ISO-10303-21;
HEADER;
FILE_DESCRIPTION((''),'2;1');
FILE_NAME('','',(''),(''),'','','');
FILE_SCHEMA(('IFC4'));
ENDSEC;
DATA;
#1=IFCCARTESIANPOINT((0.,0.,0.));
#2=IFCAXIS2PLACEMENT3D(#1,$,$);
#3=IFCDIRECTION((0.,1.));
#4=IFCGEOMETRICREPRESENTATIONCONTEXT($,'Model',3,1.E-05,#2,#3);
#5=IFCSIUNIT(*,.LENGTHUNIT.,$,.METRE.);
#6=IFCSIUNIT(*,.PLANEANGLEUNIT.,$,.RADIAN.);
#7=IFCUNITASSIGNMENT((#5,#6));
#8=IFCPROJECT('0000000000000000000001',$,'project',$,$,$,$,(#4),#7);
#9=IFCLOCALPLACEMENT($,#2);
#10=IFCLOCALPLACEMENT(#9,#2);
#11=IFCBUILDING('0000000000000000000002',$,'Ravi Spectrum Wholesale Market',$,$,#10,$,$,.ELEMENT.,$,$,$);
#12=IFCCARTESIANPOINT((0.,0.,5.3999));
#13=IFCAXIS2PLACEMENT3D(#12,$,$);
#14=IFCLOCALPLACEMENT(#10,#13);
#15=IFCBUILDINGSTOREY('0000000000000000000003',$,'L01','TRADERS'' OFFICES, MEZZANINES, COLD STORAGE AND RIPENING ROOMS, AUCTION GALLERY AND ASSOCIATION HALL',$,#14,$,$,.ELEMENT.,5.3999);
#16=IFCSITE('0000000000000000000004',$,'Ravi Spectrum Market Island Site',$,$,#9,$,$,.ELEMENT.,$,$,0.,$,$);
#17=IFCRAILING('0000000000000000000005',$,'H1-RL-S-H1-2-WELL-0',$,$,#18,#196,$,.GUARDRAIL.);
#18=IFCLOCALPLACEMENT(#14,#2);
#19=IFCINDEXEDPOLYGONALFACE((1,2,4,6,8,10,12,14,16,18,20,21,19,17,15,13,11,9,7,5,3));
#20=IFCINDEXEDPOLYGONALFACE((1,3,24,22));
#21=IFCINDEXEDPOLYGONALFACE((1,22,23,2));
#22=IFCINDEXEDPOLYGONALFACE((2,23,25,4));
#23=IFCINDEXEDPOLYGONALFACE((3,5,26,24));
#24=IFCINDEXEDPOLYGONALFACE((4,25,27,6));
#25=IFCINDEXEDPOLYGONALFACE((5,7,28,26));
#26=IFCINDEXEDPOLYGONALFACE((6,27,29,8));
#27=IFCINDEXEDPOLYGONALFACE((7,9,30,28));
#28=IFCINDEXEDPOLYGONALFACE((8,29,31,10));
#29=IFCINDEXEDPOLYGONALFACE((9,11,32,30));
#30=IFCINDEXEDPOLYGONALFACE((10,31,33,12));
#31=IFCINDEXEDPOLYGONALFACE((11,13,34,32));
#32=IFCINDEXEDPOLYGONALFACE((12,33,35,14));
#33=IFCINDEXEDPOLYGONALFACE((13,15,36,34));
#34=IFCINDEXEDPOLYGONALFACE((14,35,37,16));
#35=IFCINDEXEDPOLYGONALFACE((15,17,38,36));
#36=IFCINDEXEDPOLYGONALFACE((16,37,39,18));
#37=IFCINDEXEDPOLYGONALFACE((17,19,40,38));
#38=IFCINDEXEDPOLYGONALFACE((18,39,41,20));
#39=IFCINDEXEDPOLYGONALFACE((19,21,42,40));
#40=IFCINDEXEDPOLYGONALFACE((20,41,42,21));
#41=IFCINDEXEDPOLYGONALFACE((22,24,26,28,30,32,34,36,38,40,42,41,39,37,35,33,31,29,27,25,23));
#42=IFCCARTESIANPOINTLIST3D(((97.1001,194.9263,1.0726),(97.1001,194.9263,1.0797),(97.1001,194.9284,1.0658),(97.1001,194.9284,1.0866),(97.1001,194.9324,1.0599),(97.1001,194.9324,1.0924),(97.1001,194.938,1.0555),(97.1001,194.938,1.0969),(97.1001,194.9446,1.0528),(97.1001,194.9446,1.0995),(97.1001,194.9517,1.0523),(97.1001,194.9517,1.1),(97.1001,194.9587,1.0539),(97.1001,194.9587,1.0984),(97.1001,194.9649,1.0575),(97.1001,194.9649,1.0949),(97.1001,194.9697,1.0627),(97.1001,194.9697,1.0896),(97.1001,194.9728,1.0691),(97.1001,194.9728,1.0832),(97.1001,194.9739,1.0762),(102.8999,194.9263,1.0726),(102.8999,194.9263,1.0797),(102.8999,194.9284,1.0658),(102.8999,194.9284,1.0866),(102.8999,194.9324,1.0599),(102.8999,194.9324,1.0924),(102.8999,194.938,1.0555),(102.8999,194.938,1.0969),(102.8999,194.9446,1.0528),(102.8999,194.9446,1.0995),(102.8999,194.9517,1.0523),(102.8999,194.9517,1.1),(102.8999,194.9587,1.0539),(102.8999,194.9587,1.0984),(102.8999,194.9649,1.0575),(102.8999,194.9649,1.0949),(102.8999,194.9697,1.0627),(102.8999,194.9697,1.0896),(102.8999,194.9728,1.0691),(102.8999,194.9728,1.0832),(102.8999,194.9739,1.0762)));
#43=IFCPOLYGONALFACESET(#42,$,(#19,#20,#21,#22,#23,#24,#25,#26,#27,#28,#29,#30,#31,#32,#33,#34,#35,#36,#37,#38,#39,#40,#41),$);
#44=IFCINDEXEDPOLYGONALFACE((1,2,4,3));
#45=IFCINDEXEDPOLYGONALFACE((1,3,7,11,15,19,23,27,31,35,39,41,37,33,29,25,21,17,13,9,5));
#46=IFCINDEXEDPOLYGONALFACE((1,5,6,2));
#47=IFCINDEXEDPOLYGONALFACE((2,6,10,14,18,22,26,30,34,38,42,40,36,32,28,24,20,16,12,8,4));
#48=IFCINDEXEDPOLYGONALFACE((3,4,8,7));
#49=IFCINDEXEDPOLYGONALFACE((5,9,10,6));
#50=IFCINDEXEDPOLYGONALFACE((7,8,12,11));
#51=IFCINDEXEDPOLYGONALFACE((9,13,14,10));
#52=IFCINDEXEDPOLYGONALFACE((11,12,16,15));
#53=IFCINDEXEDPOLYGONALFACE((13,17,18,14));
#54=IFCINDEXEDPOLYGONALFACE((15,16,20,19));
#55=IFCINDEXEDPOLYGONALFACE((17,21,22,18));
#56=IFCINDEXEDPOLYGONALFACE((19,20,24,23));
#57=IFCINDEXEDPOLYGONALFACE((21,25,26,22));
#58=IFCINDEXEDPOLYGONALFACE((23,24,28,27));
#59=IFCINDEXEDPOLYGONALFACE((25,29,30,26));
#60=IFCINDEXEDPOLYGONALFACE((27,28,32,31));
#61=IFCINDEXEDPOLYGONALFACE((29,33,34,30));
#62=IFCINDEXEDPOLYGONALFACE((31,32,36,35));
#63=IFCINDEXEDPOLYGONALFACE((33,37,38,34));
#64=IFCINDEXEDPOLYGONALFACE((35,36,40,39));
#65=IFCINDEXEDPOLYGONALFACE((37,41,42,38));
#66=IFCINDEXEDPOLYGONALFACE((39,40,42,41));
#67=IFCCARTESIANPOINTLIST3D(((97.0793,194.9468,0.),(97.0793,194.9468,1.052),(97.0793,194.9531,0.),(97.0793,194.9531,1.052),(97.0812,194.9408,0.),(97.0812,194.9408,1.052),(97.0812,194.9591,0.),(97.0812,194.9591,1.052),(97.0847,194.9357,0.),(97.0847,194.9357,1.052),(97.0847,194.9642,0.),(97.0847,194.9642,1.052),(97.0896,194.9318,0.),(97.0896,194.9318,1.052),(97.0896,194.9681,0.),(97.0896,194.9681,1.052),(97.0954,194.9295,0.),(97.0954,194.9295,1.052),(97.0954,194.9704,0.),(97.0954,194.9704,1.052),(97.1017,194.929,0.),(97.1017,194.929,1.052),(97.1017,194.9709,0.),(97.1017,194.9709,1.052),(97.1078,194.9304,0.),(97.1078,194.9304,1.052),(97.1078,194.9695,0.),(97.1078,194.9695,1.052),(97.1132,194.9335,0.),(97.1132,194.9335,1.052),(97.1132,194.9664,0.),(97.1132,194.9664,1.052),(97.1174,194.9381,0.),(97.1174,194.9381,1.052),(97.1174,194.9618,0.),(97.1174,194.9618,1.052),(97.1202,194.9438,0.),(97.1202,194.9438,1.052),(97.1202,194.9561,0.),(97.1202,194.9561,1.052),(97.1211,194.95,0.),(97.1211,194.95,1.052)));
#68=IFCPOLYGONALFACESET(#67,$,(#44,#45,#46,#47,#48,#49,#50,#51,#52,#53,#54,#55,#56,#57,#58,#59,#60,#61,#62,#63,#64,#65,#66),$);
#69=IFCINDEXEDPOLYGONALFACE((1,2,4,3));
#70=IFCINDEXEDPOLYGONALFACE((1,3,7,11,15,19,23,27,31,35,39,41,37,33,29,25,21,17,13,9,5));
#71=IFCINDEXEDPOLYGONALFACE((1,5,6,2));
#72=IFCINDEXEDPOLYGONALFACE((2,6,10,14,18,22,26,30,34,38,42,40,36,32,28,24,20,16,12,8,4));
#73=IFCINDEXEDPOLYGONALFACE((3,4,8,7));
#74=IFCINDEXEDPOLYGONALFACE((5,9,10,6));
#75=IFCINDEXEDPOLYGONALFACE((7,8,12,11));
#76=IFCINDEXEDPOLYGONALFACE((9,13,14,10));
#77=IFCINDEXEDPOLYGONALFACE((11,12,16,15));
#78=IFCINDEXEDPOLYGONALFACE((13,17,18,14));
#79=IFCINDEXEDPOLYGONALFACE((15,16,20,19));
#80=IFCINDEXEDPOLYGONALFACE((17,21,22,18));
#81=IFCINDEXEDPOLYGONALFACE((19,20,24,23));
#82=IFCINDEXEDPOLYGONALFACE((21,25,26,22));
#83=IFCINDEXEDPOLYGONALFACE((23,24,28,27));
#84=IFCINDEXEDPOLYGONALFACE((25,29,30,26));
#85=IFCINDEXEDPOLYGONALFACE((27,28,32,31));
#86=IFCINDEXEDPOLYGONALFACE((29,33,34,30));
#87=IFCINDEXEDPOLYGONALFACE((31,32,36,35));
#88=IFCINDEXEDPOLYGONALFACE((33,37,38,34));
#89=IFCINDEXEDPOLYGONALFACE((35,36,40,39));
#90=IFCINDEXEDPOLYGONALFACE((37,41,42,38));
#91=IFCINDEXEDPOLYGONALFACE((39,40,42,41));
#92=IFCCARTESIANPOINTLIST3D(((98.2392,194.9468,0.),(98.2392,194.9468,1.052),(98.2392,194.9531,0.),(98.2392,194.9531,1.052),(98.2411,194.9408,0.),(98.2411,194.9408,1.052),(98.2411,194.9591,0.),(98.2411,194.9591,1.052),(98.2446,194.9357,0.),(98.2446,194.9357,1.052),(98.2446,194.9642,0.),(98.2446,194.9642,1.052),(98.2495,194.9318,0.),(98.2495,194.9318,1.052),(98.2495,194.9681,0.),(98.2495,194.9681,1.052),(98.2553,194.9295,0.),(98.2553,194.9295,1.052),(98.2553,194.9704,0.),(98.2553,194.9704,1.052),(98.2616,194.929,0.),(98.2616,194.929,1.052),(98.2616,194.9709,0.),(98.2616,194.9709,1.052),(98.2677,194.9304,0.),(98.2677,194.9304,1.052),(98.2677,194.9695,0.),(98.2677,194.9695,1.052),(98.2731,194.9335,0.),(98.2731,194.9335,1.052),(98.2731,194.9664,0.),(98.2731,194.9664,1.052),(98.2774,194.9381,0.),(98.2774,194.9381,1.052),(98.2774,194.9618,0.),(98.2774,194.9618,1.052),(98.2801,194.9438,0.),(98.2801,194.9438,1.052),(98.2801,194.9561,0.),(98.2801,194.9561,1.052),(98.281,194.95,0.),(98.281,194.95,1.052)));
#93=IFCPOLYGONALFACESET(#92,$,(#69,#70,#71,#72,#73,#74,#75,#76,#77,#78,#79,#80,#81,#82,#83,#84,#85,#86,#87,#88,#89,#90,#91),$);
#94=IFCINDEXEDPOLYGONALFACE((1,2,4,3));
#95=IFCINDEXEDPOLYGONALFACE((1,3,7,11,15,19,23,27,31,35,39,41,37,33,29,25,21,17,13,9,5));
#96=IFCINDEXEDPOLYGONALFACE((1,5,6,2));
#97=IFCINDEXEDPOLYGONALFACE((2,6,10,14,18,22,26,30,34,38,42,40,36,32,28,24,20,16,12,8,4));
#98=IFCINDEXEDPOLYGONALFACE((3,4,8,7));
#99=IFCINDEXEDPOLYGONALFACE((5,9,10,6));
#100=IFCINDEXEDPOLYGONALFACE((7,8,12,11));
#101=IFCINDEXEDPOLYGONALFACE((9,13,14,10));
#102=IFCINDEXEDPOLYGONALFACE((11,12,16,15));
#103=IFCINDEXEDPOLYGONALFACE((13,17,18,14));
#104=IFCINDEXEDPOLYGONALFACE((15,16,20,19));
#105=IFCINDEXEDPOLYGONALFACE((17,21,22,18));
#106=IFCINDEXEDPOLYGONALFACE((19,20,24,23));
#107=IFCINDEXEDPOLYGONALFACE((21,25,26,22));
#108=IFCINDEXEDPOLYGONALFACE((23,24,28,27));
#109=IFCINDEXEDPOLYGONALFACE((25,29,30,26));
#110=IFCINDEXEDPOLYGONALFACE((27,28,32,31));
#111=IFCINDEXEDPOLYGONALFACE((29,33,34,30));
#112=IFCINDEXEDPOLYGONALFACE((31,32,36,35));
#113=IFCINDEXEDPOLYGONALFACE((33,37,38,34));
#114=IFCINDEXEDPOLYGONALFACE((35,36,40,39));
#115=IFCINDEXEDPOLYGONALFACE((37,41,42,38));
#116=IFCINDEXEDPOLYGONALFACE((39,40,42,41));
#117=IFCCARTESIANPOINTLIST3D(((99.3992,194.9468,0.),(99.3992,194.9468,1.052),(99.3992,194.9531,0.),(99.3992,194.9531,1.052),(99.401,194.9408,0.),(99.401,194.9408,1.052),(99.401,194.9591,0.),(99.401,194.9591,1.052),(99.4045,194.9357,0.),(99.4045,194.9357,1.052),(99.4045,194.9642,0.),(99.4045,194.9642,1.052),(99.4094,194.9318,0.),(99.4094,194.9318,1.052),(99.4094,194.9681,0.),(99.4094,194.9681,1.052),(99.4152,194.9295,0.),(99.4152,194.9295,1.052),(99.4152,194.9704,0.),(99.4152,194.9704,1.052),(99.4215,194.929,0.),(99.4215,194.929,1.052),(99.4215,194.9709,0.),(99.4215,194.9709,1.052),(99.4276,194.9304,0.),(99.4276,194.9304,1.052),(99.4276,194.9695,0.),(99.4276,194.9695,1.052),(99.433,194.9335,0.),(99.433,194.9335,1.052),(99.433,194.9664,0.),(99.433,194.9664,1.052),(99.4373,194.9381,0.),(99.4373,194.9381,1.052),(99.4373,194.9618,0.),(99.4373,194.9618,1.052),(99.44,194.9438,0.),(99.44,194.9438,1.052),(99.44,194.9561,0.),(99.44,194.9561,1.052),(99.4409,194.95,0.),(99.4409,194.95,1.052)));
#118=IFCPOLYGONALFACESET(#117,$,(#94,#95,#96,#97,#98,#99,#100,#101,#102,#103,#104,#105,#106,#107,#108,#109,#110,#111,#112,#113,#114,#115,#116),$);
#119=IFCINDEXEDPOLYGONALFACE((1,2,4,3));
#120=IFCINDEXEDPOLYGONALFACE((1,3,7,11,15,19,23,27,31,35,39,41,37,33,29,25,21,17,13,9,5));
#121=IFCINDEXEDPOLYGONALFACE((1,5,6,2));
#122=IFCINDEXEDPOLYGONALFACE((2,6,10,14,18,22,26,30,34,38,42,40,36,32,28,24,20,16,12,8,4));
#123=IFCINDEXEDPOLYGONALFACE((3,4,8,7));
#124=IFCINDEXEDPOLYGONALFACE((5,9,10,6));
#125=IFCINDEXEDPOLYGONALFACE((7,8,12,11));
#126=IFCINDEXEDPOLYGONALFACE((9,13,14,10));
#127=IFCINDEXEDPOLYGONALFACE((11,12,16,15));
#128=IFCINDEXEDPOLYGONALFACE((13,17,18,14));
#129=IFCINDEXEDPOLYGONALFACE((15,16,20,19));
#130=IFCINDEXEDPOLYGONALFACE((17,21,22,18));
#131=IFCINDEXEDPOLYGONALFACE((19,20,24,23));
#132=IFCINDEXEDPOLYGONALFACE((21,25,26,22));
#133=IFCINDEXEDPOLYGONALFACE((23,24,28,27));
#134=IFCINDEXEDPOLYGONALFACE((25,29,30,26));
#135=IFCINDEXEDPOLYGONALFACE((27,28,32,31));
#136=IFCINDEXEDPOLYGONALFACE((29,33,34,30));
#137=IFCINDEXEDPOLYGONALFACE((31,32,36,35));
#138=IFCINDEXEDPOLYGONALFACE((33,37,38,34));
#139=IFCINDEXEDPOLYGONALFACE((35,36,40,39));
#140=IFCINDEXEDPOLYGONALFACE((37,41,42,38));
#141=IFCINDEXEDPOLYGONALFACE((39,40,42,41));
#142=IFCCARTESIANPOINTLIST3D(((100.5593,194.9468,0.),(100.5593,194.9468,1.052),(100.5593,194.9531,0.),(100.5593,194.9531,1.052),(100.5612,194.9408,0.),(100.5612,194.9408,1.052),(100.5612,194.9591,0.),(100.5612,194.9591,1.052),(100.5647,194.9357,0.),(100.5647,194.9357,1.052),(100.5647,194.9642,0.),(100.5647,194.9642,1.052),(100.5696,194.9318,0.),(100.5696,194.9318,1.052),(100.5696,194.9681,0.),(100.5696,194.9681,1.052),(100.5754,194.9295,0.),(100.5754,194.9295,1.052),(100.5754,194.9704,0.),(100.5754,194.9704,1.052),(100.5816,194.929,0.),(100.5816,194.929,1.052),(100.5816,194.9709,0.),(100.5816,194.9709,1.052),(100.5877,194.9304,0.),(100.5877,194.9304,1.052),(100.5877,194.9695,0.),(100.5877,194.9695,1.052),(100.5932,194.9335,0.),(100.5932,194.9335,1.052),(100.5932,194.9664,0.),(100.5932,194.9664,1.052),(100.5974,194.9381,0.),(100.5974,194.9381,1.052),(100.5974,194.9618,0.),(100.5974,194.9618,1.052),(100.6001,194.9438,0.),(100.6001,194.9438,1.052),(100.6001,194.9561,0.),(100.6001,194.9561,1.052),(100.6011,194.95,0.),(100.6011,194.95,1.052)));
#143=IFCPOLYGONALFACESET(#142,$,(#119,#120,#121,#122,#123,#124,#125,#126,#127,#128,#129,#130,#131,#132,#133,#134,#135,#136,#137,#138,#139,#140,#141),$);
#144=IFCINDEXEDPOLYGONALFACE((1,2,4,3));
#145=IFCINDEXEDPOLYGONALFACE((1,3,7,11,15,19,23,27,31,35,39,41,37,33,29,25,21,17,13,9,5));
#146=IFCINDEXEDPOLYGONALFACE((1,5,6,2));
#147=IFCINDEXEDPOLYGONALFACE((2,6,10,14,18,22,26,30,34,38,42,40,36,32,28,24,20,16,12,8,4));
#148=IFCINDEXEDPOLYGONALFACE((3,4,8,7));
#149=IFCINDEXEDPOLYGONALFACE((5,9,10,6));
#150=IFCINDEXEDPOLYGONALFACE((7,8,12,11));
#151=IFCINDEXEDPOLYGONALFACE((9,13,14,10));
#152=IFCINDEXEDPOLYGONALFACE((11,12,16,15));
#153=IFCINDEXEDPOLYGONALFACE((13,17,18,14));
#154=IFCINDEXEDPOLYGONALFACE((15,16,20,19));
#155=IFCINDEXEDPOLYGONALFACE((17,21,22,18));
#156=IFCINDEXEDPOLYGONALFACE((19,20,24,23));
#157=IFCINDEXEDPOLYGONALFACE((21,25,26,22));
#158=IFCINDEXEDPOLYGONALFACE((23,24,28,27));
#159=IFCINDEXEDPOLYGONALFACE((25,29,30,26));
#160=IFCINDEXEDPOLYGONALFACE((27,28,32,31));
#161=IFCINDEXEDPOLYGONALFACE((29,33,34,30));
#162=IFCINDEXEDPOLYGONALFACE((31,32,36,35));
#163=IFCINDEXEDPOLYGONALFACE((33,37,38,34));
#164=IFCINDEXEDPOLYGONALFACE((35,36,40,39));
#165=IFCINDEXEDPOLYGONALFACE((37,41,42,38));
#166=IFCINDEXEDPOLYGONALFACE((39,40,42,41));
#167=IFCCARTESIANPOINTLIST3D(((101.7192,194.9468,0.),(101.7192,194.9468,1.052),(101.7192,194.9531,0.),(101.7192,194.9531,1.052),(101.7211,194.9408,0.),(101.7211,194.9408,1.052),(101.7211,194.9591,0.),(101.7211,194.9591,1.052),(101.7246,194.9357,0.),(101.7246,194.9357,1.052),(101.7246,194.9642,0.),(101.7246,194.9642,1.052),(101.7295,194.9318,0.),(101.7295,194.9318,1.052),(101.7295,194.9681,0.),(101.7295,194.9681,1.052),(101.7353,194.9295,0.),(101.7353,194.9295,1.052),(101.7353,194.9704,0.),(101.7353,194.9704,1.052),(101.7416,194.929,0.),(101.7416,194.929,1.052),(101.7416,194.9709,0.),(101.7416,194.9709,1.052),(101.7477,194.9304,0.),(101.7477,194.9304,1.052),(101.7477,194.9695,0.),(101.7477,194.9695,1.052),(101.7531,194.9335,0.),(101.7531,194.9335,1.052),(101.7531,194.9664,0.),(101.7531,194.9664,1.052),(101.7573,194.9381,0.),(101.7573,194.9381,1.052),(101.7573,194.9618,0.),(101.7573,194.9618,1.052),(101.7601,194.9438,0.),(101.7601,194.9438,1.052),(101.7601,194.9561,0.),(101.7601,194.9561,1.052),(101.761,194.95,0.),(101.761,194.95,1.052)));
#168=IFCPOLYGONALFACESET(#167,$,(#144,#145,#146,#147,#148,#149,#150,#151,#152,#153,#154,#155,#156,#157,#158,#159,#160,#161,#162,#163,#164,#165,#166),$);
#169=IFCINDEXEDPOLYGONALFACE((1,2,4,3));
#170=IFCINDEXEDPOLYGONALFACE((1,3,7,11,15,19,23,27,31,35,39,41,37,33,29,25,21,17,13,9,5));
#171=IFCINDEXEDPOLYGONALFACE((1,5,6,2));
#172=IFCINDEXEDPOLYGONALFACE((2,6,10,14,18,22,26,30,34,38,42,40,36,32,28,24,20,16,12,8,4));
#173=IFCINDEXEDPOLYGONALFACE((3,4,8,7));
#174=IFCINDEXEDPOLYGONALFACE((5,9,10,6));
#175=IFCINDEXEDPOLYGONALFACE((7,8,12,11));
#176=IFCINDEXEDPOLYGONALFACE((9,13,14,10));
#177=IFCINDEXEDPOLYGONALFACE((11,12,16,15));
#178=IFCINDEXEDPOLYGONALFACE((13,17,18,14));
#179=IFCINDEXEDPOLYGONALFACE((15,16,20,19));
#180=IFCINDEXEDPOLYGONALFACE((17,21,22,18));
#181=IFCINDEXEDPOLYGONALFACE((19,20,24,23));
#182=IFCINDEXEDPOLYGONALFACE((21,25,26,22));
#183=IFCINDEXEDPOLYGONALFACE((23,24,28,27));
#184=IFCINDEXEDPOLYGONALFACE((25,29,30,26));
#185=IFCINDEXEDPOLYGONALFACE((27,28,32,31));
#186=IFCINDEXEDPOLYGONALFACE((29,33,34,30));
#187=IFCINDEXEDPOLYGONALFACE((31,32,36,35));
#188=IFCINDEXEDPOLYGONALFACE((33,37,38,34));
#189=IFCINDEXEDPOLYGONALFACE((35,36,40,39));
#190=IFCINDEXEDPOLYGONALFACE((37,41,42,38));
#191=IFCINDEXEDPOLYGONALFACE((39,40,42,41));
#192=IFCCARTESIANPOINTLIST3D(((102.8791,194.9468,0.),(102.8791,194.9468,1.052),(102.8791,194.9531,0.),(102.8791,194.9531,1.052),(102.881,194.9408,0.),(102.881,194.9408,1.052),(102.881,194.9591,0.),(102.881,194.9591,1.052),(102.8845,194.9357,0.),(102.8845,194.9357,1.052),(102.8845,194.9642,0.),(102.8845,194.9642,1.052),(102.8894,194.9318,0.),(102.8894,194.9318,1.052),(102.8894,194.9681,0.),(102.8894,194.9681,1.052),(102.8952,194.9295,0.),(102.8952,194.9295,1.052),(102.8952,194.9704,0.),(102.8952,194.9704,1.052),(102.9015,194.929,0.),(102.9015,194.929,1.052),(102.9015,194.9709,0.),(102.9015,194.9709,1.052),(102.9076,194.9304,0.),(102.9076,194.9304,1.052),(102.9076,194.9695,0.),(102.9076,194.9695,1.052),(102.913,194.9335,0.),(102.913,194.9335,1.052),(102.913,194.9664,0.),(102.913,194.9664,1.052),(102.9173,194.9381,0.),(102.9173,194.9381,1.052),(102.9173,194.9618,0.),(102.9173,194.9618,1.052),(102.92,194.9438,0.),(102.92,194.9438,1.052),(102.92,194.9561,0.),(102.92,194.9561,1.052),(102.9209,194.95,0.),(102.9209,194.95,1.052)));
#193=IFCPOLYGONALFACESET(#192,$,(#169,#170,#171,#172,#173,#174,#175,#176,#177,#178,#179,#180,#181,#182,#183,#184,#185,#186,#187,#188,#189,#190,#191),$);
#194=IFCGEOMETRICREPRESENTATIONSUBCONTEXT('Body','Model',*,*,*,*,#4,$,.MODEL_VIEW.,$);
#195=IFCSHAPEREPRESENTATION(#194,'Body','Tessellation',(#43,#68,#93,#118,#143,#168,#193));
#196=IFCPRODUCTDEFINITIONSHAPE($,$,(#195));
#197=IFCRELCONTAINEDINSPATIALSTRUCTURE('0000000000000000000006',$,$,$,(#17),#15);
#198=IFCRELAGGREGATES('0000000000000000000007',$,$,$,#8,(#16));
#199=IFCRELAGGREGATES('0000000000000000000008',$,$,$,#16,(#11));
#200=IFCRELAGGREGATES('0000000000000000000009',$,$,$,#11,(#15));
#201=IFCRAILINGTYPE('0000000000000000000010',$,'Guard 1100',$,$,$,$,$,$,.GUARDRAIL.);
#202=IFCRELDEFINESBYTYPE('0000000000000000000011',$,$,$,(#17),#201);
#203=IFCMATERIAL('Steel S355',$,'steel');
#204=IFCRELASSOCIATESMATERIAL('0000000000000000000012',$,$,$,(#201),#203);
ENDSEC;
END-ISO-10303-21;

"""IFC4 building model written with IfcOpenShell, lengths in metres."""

from ifc_helpers import new_model, si_unit, direction, frame, origin, origin_2d, place, context, subcontext, project, spatial, circle, extrude, material, type_object, element, save


model = new_model("IFC4")

# Units and contexts
model_context = context("Model", 3, precision=1e-05, world=origin(), true_north=direction((0.0, 1.0)))
body_context = subcontext(model_context, "Body", "Model", "MODEL_VIEW")
ifc_project = project(units=[si_unit("LENGTHUNIT", "METRE"), si_unit("PLANEANGLEUNIT", "RADIAN")], contexts=[model_context])

# Site, building, storey
site_placement = place(None, origin())
site = spatial("IfcSite", under=ifc_project, at=site_placement, Name="Ravi Spectrum Market Island Site", CompositionType="ELEMENT", RefElevation=0.0)
building_placement = place(site_placement, origin())
building = spatial("IfcBuilding", under=site, at=building_placement, Name="Ravi Spectrum Wholesale Market", CompositionType="ELEMENT")
storey_placement = place(building_placement, frame((0.0, 0.0, 5.3999)))
storey = spatial("IfcBuildingStorey", under=building, at=storey_placement, Name="L01", Description="TRADERS' OFFICES, MEZZANINES, COLD STORAGE AND RIPENING ROOMS, AUCTION GALLERY AND ASSOCIATION HALL", CompositionType="ELEMENT", Elevation=5.3999)

# Railing
ifc_material_1 = material(Name="Steel S355", Category="steel")
railing_type = type_object("IfcRailingType", Name="Guard 1100", PredefinedType="GUARDRAIL", material=ifc_material_1)
railing_1_placement = place(storey_placement, frame((97.1001, 194.95, 0.0)))
element("IfcRailing", 1, at=railing_1_placement, inside=storey, type_object=railing_type, Name="H1-RL-S-H1-2-WELL-0", PredefinedType="GUARDRAIL", context=body_context, shape_type="SweptSolid", body=[
    extrude(circle(Radius=0.0239, at=origin_2d()), frame((0.0, 0.0, 1.0762), z_axis=(1.0, 0.0, 0.0), x_axis=(0.0, 1.0, 0.0)), (0.0, 0.0, 1.0), 5.7998),
    extrude(circle(Radius=0.021, at=origin_2d()), origin(), (0.0, 0.0, 1.0), 1.052),
    extrude(circle(Radius=0.021, at=origin_2d()), frame((1.1599, 0.0, 0.0)), (0.0, 0.0, 1.0), 1.052),
    extrude(circle(Radius=0.021, at=origin_2d()), frame((2.3198, 0.0, 0.0)), (0.0, 0.0, 1.0), 1.052),
    extrude(circle(Radius=0.021, at=origin_2d()), frame((3.48, 0.0, 0.0)), (0.0, 0.0, 1.0), 1.052),
    extrude(circle(Radius=0.021, at=origin_2d()), frame((4.6399, 0.0, 0.0)), (0.0, 0.0, 1.0), 1.052),
    extrude(circle(Radius=0.021, at=origin_2d()), frame((5.7998, 0.0, 0.0)), (0.0, 0.0, 1.0), 1.052),
])

save(model, "model.ifc")
